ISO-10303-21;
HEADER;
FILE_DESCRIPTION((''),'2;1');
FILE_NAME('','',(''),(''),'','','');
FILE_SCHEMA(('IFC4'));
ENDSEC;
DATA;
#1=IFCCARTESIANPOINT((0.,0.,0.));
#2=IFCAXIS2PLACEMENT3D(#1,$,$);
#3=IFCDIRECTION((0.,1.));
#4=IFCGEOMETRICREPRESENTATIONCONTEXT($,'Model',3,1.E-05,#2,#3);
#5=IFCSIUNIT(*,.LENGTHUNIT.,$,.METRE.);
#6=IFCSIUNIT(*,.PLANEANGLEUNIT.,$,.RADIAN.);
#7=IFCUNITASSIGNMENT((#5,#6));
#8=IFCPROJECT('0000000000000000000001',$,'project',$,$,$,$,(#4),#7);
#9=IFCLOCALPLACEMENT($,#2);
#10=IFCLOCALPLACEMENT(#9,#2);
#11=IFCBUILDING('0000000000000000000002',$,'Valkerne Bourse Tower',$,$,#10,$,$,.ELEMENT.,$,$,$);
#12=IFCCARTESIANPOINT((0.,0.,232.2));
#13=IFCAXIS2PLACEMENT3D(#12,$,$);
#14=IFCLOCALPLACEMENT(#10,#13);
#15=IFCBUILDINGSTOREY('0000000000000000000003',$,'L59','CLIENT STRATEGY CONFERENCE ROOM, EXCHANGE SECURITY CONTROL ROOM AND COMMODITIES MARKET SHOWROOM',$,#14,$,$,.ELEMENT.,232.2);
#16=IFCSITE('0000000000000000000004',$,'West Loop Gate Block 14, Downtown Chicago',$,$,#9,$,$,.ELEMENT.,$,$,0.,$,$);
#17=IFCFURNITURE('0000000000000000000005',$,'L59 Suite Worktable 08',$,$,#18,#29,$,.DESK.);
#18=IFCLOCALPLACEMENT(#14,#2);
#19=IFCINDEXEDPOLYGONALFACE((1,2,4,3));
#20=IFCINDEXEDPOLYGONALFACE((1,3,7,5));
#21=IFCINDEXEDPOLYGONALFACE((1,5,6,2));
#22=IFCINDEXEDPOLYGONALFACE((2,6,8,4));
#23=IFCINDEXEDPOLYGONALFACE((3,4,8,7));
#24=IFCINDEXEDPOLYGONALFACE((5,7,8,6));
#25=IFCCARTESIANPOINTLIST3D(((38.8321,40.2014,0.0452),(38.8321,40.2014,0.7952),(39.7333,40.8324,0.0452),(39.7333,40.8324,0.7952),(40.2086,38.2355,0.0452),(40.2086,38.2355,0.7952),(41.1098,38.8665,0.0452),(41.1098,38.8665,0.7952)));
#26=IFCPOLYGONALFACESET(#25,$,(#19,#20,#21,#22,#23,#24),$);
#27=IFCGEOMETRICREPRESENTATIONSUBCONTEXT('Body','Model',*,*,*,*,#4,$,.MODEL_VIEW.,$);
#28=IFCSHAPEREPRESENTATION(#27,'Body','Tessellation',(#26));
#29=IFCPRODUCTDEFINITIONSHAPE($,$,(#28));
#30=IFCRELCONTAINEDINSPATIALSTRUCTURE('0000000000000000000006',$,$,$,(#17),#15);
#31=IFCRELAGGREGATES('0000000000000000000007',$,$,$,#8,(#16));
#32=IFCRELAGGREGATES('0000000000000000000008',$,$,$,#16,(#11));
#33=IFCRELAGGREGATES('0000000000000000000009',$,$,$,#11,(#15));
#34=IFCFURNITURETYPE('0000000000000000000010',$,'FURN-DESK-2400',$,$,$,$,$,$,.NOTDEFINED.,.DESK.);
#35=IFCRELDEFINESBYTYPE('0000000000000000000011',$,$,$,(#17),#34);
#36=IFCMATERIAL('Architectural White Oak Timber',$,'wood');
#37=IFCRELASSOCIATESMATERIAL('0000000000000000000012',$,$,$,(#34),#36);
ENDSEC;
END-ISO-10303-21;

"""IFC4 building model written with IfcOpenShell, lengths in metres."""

from ifc_helpers import new_model, si_unit, direction, frame, origin, origin_2d, place, context, subcontext, project, spatial, rectangle, extrude, material, type_object, element, save


model = new_model("IFC4")

# Units and contexts
model_context = context("Model", 3, precision=1e-05, world=origin(), true_north=direction((0.0, 1.0)))
body_context = subcontext(model_context, "Body", "Model", "MODEL_VIEW")
ifc_project = project(units=[si_unit("LENGTHUNIT", "METRE"), si_unit("PLANEANGLEUNIT", "RADIAN")], contexts=[model_context])

# Site, building, storey
site_placement = place(None, origin())
site = spatial("IfcSite", under=ifc_project, at=site_placement, Name="West Loop Gate Block 14, Downtown Chicago", CompositionType="ELEMENT", RefElevation=0.0)
building_placement = place(site_placement, origin())
building = spatial("IfcBuilding", under=site, at=building_placement, Name="Valkerne Bourse Tower", CompositionType="ELEMENT")
storey_placement = place(building_placement, frame((0.0, 0.0, 232.2)))
storey = spatial("IfcBuildingStorey", under=building, at=storey_placement, Name="L59", Description="CLIENT STRATEGY CONFERENCE ROOM, EXCHANGE SECURITY CONTROL ROOM AND COMMODITIES MARKET SHOWROOM", CompositionType="ELEMENT", Elevation=232.2)

# Furniture
ifc_material_1 = material(Name="Architectural White Oak Timber", Category="wood")
furniture_type_1 = type_object("IfcFurnitureType", Name="FURN-DESK-2400", AssemblyPlace="NOTDEFINED", PredefinedType="DESK", material=ifc_material_1)
furniture_1_placement = place(storey_placement, frame((39.9709, 39.5339, 0.0452), z_axis=(0.0, 0.0, 1.0), x_axis=(-0.573576, 0.819152, 0.0)))
element("IfcFurniture", 1, at=furniture_1_placement, inside=storey, type_object=furniture_type_1, Name="L59 Suite Worktable 08", PredefinedType="DESK", context=body_context, shape_type="SweptSolid", body=[
    extrude(rectangle(XDim=2.3999, YDim=1.1001, at=origin_2d()), origin(), (0.0, 0.0, 1.0), 0.75),
])

save(model, "model.ifc")
